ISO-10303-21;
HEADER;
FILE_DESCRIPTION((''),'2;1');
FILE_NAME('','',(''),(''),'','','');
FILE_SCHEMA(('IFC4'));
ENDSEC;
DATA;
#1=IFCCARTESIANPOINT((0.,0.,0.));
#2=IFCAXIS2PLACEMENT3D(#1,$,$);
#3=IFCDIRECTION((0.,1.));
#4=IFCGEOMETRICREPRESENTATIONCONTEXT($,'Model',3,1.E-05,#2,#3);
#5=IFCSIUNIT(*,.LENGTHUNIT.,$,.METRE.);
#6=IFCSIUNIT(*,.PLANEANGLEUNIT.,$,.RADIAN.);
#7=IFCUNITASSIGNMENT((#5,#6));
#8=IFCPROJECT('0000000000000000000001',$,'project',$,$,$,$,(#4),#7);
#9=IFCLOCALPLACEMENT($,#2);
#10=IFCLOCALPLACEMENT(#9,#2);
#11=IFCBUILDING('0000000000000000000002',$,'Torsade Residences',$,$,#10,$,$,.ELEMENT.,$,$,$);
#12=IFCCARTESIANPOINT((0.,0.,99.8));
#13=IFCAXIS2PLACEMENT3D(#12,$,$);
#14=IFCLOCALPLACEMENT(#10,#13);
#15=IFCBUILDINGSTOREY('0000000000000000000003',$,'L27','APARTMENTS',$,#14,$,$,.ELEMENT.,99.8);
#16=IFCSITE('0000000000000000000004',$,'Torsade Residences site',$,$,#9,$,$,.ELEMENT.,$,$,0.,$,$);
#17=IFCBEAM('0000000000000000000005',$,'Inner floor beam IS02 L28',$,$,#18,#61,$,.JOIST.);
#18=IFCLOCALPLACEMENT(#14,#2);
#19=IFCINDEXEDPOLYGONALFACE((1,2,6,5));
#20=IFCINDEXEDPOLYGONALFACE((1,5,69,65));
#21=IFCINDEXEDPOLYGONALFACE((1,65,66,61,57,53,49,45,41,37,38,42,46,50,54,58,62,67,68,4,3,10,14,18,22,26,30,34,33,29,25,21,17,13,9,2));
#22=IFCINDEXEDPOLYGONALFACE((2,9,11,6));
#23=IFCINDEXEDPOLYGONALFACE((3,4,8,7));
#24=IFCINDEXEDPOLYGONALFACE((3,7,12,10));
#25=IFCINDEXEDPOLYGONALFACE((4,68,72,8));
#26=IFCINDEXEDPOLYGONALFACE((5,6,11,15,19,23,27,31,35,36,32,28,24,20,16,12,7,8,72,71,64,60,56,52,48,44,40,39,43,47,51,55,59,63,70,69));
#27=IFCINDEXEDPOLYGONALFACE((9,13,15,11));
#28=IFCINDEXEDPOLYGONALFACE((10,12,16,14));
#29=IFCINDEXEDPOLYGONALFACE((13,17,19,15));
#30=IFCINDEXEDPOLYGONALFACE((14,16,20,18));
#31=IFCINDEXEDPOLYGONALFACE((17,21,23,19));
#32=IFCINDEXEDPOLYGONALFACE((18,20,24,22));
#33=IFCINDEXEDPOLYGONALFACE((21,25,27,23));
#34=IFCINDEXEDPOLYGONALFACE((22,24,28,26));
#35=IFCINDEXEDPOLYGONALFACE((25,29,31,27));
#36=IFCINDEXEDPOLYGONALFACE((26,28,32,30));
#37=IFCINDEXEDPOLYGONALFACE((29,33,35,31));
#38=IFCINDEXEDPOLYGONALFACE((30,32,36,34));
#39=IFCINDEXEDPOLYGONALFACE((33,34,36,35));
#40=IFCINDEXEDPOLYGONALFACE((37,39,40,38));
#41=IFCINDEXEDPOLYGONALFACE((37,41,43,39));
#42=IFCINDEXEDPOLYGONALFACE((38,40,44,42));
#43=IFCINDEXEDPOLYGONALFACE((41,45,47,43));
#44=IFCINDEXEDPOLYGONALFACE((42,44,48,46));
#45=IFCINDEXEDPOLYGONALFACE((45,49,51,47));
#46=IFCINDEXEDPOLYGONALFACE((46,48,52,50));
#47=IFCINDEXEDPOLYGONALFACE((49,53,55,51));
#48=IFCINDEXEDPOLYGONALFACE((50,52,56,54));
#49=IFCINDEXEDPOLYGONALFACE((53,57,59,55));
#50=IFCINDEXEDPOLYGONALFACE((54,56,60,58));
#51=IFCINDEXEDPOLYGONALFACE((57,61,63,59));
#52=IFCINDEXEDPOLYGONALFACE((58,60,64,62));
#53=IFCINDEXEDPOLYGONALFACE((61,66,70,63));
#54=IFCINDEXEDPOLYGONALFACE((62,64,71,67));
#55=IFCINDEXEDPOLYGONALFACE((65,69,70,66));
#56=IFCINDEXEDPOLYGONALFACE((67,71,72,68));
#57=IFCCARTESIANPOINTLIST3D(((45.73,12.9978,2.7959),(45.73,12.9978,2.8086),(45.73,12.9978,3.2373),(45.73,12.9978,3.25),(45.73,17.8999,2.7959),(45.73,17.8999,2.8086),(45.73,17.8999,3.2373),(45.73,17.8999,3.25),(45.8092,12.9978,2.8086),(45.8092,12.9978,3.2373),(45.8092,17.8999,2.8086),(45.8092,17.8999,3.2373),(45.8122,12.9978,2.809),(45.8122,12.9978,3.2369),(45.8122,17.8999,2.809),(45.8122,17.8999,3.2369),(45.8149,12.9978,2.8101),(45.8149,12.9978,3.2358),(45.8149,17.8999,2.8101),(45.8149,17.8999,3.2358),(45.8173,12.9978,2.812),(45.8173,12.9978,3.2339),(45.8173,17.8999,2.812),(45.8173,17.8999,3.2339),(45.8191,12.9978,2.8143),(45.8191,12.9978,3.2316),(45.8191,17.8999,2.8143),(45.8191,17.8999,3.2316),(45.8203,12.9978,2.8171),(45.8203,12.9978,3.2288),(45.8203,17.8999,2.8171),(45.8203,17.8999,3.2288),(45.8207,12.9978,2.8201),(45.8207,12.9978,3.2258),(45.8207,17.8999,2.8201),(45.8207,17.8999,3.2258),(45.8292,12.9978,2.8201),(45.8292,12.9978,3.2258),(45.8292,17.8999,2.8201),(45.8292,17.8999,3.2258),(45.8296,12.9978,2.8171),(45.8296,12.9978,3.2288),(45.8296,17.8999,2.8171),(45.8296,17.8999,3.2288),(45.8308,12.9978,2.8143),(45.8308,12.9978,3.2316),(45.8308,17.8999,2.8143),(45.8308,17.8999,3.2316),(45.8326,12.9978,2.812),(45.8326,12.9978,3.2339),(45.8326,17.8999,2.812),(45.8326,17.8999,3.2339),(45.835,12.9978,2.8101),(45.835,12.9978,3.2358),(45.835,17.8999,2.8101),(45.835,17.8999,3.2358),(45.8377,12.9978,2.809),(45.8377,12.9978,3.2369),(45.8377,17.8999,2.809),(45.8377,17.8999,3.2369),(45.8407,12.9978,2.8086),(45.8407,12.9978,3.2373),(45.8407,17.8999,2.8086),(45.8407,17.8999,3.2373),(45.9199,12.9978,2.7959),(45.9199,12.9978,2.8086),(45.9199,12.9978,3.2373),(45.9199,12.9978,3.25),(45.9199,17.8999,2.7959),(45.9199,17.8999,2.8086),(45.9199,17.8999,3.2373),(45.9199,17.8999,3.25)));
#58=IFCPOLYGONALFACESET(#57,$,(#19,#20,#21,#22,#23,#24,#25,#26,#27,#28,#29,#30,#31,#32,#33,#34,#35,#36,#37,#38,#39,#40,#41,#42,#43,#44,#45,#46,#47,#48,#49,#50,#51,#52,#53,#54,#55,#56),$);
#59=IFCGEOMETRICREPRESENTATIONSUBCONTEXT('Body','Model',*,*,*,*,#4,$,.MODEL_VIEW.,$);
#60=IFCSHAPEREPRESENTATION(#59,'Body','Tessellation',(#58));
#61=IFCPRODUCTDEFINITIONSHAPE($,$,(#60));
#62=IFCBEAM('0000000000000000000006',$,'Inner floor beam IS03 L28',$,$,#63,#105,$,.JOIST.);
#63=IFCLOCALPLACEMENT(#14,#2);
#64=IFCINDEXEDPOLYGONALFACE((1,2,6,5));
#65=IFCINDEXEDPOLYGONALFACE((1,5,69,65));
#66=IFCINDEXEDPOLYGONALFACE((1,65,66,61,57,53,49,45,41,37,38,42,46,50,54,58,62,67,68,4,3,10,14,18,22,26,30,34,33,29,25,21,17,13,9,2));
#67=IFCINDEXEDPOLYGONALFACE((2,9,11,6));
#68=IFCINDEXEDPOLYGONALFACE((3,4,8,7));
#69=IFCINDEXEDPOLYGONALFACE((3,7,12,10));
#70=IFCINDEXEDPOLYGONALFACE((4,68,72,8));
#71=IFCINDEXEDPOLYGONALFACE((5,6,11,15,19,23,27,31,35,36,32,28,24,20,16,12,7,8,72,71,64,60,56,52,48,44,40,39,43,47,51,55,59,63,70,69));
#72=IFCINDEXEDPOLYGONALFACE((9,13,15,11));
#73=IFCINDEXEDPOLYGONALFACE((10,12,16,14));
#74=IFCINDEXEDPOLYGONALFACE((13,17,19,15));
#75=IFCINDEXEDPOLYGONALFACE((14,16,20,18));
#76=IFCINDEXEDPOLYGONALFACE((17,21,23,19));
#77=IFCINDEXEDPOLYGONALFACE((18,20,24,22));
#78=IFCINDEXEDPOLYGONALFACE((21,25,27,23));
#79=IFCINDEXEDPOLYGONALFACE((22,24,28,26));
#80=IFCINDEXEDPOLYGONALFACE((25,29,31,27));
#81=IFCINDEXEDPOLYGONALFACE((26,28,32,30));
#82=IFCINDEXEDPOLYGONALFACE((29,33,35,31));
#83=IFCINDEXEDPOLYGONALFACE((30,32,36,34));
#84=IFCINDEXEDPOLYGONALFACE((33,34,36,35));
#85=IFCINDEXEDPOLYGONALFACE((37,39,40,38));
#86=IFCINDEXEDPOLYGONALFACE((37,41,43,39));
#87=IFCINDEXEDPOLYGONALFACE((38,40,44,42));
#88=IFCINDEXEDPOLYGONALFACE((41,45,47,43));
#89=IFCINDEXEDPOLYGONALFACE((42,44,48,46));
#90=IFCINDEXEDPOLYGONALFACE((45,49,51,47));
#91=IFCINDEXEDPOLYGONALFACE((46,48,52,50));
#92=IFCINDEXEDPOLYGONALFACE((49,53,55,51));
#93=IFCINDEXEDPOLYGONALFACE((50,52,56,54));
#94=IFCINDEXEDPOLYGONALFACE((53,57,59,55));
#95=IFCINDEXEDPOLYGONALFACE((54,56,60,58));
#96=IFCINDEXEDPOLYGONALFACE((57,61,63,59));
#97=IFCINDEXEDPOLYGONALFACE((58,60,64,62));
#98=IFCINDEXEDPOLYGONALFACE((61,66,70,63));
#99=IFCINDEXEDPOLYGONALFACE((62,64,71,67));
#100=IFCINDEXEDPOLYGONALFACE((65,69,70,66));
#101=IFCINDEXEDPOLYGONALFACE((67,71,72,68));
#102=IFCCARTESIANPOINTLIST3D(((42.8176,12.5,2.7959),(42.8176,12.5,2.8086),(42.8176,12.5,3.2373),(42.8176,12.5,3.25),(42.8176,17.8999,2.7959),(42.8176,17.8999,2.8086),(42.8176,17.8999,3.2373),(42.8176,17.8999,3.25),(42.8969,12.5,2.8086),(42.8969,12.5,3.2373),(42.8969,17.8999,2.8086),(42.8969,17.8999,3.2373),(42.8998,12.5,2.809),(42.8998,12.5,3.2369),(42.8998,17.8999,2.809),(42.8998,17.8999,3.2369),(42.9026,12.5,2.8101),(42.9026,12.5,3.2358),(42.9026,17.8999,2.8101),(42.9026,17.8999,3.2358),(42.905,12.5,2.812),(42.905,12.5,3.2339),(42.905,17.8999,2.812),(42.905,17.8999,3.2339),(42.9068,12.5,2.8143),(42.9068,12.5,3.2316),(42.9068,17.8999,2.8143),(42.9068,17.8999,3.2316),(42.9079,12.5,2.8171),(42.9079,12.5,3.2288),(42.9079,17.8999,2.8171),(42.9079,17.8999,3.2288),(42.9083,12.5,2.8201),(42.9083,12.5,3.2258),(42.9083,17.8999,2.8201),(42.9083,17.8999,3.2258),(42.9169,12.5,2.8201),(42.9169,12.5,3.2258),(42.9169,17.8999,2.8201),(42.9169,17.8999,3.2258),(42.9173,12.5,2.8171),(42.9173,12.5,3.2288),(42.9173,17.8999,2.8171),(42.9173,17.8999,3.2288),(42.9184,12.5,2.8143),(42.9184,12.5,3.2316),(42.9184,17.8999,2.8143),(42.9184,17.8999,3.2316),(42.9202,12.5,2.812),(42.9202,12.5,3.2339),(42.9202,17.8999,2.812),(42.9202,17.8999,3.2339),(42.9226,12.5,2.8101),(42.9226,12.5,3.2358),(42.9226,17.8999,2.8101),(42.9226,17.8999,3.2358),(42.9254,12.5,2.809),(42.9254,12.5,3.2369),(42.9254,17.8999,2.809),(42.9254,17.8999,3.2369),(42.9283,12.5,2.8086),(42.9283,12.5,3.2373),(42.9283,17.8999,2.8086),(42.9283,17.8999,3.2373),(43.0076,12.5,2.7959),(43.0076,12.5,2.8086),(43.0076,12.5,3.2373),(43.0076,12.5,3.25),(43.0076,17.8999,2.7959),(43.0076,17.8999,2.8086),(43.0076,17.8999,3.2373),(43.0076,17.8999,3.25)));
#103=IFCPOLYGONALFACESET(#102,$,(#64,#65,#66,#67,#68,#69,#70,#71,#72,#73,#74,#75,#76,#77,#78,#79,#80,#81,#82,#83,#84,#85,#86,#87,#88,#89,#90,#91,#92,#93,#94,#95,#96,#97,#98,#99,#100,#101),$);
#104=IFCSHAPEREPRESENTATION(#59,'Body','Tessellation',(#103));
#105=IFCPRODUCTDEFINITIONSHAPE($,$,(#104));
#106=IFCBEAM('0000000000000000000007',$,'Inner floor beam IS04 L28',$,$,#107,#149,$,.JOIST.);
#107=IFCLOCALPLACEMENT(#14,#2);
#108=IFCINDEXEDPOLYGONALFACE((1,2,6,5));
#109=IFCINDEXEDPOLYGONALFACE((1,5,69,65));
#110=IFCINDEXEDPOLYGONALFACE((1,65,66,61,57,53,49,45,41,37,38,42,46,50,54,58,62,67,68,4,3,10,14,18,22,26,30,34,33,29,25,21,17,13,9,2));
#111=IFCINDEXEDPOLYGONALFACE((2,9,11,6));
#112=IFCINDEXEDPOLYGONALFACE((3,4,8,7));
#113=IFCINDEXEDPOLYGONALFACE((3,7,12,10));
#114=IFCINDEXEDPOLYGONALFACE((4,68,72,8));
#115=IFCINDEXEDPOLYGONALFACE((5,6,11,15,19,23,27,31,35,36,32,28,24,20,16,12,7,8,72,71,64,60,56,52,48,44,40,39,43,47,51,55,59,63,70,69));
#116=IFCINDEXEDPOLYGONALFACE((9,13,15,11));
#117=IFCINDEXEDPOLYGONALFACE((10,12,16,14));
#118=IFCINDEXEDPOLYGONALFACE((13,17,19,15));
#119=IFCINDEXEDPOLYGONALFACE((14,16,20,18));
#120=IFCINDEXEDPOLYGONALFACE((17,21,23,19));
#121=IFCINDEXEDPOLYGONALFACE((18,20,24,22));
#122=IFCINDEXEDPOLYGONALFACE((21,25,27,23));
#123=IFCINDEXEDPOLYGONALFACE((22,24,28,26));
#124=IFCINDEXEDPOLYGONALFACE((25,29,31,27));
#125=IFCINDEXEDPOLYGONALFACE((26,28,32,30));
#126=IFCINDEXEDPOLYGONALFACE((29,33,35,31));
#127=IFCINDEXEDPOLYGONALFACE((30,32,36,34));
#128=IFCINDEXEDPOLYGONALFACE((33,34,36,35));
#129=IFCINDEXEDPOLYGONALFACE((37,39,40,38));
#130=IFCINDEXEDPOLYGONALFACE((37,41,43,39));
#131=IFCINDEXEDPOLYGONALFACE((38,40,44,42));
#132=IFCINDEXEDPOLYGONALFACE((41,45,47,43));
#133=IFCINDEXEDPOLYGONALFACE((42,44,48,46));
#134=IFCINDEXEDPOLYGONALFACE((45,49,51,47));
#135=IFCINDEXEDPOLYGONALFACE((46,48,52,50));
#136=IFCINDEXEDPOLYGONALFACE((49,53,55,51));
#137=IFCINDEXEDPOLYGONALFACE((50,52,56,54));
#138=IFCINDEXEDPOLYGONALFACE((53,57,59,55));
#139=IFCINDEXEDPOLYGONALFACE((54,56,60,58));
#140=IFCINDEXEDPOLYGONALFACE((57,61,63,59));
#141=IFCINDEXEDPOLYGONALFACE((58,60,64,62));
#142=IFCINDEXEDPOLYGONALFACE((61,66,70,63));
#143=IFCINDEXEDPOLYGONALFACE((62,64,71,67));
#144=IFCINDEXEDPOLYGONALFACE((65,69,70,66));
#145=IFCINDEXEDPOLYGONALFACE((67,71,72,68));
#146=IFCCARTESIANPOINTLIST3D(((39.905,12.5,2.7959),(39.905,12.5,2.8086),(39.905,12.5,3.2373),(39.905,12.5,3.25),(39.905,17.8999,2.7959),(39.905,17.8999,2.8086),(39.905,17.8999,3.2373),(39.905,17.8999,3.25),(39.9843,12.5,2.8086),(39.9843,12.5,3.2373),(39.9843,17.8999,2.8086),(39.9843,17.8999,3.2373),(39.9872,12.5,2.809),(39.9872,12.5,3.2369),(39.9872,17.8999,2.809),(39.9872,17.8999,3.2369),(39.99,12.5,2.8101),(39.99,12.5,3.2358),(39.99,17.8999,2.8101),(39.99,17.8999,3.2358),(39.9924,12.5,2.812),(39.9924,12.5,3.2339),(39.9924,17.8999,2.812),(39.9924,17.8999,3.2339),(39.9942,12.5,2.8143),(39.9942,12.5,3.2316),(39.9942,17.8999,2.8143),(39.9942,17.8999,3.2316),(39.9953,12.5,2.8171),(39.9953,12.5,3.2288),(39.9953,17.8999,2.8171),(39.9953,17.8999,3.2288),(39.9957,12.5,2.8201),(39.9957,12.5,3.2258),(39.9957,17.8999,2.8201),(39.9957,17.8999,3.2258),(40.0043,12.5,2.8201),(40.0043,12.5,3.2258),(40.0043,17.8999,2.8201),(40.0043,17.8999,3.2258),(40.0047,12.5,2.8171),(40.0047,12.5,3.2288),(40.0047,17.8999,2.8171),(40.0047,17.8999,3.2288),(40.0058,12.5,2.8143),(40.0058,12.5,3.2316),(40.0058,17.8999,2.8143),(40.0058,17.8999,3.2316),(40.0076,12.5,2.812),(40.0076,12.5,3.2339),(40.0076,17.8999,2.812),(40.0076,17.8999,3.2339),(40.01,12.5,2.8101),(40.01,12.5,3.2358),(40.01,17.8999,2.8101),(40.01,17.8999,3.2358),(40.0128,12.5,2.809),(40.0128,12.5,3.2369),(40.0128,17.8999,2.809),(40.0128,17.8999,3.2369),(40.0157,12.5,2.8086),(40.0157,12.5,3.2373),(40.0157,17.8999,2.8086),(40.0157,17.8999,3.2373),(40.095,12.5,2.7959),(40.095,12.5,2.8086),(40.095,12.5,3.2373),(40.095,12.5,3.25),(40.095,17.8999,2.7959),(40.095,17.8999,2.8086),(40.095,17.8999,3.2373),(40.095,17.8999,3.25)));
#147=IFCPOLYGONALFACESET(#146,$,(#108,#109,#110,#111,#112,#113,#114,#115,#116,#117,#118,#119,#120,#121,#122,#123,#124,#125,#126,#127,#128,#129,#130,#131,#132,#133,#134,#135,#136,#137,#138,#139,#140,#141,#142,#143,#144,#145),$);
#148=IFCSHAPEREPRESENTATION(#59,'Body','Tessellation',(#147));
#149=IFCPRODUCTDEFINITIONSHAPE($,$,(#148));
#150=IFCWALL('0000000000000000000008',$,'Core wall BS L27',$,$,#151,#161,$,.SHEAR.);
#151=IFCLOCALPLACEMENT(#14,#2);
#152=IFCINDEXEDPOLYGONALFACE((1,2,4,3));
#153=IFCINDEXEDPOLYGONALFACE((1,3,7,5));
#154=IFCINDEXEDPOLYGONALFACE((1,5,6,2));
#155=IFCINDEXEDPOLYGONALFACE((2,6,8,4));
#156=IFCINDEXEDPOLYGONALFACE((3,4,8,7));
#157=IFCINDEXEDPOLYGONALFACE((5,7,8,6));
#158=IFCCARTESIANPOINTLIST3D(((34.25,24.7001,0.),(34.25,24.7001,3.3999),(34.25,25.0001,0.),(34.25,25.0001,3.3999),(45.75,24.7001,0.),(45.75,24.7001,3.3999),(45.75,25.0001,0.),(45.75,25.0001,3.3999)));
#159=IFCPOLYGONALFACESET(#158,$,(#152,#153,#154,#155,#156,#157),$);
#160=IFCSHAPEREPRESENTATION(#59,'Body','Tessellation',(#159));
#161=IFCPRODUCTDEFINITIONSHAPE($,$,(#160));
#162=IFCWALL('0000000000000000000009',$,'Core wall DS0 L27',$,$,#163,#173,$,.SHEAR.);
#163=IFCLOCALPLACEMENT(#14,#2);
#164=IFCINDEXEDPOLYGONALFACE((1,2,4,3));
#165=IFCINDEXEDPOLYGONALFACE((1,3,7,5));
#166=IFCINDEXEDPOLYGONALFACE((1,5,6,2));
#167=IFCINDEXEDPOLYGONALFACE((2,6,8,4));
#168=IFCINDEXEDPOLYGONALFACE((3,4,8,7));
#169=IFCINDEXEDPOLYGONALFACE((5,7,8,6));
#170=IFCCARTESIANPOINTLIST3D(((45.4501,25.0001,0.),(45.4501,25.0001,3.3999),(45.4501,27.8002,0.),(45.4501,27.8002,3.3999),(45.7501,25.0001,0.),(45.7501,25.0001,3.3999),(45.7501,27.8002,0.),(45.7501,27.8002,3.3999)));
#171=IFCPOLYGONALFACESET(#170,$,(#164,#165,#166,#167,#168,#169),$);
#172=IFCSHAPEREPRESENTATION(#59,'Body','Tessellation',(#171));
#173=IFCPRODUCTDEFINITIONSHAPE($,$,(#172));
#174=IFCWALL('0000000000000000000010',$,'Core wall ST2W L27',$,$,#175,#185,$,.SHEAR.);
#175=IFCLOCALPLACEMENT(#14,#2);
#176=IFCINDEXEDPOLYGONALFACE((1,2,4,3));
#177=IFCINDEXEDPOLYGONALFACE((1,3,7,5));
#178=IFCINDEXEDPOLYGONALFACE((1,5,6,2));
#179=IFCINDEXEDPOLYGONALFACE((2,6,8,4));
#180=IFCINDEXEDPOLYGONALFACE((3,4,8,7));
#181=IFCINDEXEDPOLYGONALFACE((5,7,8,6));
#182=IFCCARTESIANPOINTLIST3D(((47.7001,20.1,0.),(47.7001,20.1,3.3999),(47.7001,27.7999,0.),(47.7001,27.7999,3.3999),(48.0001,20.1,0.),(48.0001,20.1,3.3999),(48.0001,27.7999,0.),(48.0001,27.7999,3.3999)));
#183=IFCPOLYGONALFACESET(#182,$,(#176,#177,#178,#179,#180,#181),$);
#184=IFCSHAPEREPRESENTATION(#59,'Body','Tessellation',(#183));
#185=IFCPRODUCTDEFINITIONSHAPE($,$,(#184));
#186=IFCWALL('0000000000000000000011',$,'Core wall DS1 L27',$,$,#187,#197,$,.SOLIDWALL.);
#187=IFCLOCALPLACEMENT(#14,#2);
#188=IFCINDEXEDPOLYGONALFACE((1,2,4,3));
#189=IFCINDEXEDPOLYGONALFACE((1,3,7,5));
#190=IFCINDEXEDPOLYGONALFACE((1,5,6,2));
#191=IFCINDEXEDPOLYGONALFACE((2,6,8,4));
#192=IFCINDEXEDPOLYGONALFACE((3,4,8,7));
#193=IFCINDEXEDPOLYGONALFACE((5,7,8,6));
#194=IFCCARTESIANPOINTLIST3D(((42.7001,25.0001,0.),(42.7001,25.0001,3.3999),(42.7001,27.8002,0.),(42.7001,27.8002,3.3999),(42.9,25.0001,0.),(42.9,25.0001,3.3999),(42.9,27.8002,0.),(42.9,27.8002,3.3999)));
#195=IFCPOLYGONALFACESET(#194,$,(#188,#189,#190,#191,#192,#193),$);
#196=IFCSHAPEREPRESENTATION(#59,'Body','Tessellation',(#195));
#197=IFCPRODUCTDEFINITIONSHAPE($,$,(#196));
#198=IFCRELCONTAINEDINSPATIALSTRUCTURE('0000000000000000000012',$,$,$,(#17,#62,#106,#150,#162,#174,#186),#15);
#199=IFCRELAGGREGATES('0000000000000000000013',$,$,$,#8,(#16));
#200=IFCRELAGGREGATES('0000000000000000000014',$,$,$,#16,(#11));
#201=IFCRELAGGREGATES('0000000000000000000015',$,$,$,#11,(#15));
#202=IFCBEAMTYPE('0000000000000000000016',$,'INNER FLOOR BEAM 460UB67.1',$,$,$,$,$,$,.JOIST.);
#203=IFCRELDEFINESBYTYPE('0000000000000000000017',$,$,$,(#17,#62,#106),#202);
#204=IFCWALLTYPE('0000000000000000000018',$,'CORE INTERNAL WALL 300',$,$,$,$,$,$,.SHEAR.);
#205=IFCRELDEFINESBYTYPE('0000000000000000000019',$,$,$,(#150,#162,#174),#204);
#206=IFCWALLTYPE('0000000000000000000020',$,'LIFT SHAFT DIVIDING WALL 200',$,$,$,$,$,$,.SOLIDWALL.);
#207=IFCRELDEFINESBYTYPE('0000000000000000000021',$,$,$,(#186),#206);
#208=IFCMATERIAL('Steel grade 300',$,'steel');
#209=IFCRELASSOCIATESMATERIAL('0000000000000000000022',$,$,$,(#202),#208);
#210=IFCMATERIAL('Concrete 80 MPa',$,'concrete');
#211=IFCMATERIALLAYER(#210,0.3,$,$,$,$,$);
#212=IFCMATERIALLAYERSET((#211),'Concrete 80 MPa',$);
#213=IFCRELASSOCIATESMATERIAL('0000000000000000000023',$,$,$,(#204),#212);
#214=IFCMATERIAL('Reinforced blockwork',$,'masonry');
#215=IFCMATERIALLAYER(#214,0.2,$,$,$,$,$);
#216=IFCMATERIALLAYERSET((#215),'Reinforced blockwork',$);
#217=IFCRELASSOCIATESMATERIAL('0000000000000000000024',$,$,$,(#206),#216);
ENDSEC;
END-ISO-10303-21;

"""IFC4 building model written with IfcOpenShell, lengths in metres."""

from ifc_helpers import new_model, si_unit, direction, frame, frame_2d, origin, origin_2d, place, context, subcontext, project, spatial, rectangle, i_section, extrude, material, layer, layer_set, material_profile, profile_set, type_object, element, save


model = new_model("IFC4")

# Units and contexts
model_context = context("Model", 3, precision=1e-05, world=origin(), true_north=direction((0.0, 1.0)))
body_context = subcontext(model_context, "Body", "Model", "MODEL_VIEW")
ifc_project = project(units=[si_unit("LENGTHUNIT", "METRE"), si_unit("PLANEANGLEUNIT", "RADIAN")], contexts=[model_context])

# Site, building, storey
site_placement = place(None, origin())
site = spatial("IfcSite", under=ifc_project, at=site_placement, Name="Torsade Residences site", CompositionType="ELEMENT", RefElevation=0.0)
building_placement = place(site_placement, origin())
building = spatial("IfcBuilding", under=site, at=building_placement, Name="Torsade Residences", CompositionType="ELEMENT")
storey_placement = place(building_placement, frame((0.0, 0.0, 99.8)))
storey = spatial("IfcBuildingStorey", under=building, at=storey_placement, Name="L27", Description="APARTMENTS", CompositionType="ELEMENT", Elevation=99.8)

# Beams
ifc_material_1 = material(Name="Steel grade 300", Category="steel")
ifc_material_profile = material_profile(ifc_material_1, i_section(OverallWidth=0.1899, OverallDepth=0.4541, WebThickness=0.0085, FlangeThickness=0.0127, FilletRadius=0.0115, at=origin_2d()), Name="460UB67.1")
ifc_profile_set = profile_set([ifc_material_profile], Name="Steel grade 300")
beam_type = type_object("IfcBeamType", Name="INNER FLOOR BEAM 460UB67.1", PredefinedType="JOIST", material=ifc_profile_set)
beam_placement = place(storey_placement, frame((45.825, 17.8999, 3.0229), z_axis=(0.0, -1.0, 0.0), x_axis=(1.0, 0.0, 0.0)))
element("IfcBeam", 1, at=beam_placement, inside=storey, type_object=beam_type, Name="Inner floor beam IS02 L28", PredefinedType="JOIST", context=body_context, shape_type="SweptSolid", body=[
    extrude(i_section(OverallWidth=0.1899, OverallDepth=0.4541, WebThickness=0.0085, FlangeThickness=0.0127, FilletRadius=0.0115, at=origin_2d()), origin(), (0.0, 0.0, 1.0), 4.9021),
])
for number, where, z_axis, x_axis, name in (
    (2, (42.9126, 17.8999, 3.0229), (0.0, -1.0, 0.0), (1.0, 0.0, 0.0), "Inner floor beam IS03 L28"),
    (3, (40.0, 17.8999, 3.0229), (0.0, -1.0, 0.0), (1.0, 0.0, 0.0), "Inner floor beam IS04 L28"),
):
    element("IfcBeam", number, at=place(storey_placement, frame(where, z_axis=z_axis, x_axis=x_axis)), inside=storey, type_object=beam_type, Name=name, PredefinedType="JOIST", context=body_context, shape_type="SweptSolid", body=[
        extrude(i_section(OverallWidth=0.1899, OverallDepth=0.4541, WebThickness=0.0085, FlangeThickness=0.0127, FilletRadius=0.0115, at=origin_2d()), origin(), (0.0, 0.0, 1.0), 5.3999),
    ])

# Walls
ifc_material_2 = material(Name="Concrete 80 MPa", Category="concrete")
ifc_layer_1 = layer(ifc_material_2, 0.3)
ifc_layer_set_1 = layer_set([ifc_layer_1], Name="Concrete 80 MPa")
wall_type_1 = type_object("IfcWallType", Name="CORE INTERNAL WALL 300", PredefinedType="SHEAR", material=ifc_layer_set_1)
wall_1_placement = place(storey_placement, frame((45.75, 24.8501, 0.0), z_axis=(0.0, 0.0, 1.0), x_axis=(-1.0, 0.0, 0.0)))
element("IfcWall", 4, at=wall_1_placement, inside=storey, type_object=wall_type_1, Name="Core wall BS L27", PredefinedType="SHEAR", context=body_context, shape_type="SweptSolid", body=[
    extrude(rectangle(XDim=11.5, YDim=0.3, at=frame_2d((5.75, 0.0))), origin(), (0.0, 0.0, 1.0), 3.3999),
])
wall_2_placement = place(storey_placement, frame((45.6001, 27.8, 0.0), z_axis=(0.0, 0.0, 1.0), x_axis=(0.0, -1.0, 0.0)))
element("IfcWall", 5, at=wall_2_placement, inside=storey, type_object=wall_type_1, Name="Core wall DS0 L27", PredefinedType="SHEAR", context=body_context, shape_type="SweptSolid", body=[
    extrude(rectangle(XDim=2.8, YDim=0.3, at=frame_2d((1.3999, 0.0))), origin(), (0.0, 0.0, 1.0), 3.3999),
])
wall_3_placement = place(storey_placement, frame((47.8501, 27.8, 0.0), z_axis=(0.0, 0.0, 1.0), x_axis=(0.0, -1.0, 0.0)))
element("IfcWall", 6, at=wall_3_placement, inside=storey, type_object=wall_type_1, Name="Core wall ST2W L27", PredefinedType="SHEAR", context=body_context, shape_type="SweptSolid", body=[
    extrude(rectangle(XDim=7.7, YDim=0.3, at=frame_2d((3.8501, 0.0))), origin(), (0.0, 0.0, 1.0), 3.3999),
])
ifc_material_3 = material(Name="Reinforced blockwork", Category="masonry")
ifc_layer_2 = layer(ifc_material_3, 0.2)
ifc_layer_set_2 = layer_set([ifc_layer_2], Name="Reinforced blockwork")
wall_type_2 = type_object("IfcWallType", Name="LIFT SHAFT DIVIDING WALL 200", PredefinedType="SOLIDWALL", material=ifc_layer_set_2)
for number, where, z_axis, x_axis, name in (
    (7, (42.8, 27.8, 0.0), (0.0, 0.0, 1.0), (0.0, -1.0, 0.0), "Core wall DS1 L27"),
):
    element("IfcWall", number, at=place(storey_placement, frame(where, z_axis=z_axis, x_axis=x_axis)), inside=storey, type_object=wall_type_2, Name=name, PredefinedType="SOLIDWALL", context=body_context, shape_type="SweptSolid", body=[
        extrude(rectangle(XDim=2.8, YDim=0.2, at=frame_2d((1.3999, 0.0))), origin(), (0.0, 0.0, 1.0), 3.3999),
    ])

save(model, "model.ifc")
